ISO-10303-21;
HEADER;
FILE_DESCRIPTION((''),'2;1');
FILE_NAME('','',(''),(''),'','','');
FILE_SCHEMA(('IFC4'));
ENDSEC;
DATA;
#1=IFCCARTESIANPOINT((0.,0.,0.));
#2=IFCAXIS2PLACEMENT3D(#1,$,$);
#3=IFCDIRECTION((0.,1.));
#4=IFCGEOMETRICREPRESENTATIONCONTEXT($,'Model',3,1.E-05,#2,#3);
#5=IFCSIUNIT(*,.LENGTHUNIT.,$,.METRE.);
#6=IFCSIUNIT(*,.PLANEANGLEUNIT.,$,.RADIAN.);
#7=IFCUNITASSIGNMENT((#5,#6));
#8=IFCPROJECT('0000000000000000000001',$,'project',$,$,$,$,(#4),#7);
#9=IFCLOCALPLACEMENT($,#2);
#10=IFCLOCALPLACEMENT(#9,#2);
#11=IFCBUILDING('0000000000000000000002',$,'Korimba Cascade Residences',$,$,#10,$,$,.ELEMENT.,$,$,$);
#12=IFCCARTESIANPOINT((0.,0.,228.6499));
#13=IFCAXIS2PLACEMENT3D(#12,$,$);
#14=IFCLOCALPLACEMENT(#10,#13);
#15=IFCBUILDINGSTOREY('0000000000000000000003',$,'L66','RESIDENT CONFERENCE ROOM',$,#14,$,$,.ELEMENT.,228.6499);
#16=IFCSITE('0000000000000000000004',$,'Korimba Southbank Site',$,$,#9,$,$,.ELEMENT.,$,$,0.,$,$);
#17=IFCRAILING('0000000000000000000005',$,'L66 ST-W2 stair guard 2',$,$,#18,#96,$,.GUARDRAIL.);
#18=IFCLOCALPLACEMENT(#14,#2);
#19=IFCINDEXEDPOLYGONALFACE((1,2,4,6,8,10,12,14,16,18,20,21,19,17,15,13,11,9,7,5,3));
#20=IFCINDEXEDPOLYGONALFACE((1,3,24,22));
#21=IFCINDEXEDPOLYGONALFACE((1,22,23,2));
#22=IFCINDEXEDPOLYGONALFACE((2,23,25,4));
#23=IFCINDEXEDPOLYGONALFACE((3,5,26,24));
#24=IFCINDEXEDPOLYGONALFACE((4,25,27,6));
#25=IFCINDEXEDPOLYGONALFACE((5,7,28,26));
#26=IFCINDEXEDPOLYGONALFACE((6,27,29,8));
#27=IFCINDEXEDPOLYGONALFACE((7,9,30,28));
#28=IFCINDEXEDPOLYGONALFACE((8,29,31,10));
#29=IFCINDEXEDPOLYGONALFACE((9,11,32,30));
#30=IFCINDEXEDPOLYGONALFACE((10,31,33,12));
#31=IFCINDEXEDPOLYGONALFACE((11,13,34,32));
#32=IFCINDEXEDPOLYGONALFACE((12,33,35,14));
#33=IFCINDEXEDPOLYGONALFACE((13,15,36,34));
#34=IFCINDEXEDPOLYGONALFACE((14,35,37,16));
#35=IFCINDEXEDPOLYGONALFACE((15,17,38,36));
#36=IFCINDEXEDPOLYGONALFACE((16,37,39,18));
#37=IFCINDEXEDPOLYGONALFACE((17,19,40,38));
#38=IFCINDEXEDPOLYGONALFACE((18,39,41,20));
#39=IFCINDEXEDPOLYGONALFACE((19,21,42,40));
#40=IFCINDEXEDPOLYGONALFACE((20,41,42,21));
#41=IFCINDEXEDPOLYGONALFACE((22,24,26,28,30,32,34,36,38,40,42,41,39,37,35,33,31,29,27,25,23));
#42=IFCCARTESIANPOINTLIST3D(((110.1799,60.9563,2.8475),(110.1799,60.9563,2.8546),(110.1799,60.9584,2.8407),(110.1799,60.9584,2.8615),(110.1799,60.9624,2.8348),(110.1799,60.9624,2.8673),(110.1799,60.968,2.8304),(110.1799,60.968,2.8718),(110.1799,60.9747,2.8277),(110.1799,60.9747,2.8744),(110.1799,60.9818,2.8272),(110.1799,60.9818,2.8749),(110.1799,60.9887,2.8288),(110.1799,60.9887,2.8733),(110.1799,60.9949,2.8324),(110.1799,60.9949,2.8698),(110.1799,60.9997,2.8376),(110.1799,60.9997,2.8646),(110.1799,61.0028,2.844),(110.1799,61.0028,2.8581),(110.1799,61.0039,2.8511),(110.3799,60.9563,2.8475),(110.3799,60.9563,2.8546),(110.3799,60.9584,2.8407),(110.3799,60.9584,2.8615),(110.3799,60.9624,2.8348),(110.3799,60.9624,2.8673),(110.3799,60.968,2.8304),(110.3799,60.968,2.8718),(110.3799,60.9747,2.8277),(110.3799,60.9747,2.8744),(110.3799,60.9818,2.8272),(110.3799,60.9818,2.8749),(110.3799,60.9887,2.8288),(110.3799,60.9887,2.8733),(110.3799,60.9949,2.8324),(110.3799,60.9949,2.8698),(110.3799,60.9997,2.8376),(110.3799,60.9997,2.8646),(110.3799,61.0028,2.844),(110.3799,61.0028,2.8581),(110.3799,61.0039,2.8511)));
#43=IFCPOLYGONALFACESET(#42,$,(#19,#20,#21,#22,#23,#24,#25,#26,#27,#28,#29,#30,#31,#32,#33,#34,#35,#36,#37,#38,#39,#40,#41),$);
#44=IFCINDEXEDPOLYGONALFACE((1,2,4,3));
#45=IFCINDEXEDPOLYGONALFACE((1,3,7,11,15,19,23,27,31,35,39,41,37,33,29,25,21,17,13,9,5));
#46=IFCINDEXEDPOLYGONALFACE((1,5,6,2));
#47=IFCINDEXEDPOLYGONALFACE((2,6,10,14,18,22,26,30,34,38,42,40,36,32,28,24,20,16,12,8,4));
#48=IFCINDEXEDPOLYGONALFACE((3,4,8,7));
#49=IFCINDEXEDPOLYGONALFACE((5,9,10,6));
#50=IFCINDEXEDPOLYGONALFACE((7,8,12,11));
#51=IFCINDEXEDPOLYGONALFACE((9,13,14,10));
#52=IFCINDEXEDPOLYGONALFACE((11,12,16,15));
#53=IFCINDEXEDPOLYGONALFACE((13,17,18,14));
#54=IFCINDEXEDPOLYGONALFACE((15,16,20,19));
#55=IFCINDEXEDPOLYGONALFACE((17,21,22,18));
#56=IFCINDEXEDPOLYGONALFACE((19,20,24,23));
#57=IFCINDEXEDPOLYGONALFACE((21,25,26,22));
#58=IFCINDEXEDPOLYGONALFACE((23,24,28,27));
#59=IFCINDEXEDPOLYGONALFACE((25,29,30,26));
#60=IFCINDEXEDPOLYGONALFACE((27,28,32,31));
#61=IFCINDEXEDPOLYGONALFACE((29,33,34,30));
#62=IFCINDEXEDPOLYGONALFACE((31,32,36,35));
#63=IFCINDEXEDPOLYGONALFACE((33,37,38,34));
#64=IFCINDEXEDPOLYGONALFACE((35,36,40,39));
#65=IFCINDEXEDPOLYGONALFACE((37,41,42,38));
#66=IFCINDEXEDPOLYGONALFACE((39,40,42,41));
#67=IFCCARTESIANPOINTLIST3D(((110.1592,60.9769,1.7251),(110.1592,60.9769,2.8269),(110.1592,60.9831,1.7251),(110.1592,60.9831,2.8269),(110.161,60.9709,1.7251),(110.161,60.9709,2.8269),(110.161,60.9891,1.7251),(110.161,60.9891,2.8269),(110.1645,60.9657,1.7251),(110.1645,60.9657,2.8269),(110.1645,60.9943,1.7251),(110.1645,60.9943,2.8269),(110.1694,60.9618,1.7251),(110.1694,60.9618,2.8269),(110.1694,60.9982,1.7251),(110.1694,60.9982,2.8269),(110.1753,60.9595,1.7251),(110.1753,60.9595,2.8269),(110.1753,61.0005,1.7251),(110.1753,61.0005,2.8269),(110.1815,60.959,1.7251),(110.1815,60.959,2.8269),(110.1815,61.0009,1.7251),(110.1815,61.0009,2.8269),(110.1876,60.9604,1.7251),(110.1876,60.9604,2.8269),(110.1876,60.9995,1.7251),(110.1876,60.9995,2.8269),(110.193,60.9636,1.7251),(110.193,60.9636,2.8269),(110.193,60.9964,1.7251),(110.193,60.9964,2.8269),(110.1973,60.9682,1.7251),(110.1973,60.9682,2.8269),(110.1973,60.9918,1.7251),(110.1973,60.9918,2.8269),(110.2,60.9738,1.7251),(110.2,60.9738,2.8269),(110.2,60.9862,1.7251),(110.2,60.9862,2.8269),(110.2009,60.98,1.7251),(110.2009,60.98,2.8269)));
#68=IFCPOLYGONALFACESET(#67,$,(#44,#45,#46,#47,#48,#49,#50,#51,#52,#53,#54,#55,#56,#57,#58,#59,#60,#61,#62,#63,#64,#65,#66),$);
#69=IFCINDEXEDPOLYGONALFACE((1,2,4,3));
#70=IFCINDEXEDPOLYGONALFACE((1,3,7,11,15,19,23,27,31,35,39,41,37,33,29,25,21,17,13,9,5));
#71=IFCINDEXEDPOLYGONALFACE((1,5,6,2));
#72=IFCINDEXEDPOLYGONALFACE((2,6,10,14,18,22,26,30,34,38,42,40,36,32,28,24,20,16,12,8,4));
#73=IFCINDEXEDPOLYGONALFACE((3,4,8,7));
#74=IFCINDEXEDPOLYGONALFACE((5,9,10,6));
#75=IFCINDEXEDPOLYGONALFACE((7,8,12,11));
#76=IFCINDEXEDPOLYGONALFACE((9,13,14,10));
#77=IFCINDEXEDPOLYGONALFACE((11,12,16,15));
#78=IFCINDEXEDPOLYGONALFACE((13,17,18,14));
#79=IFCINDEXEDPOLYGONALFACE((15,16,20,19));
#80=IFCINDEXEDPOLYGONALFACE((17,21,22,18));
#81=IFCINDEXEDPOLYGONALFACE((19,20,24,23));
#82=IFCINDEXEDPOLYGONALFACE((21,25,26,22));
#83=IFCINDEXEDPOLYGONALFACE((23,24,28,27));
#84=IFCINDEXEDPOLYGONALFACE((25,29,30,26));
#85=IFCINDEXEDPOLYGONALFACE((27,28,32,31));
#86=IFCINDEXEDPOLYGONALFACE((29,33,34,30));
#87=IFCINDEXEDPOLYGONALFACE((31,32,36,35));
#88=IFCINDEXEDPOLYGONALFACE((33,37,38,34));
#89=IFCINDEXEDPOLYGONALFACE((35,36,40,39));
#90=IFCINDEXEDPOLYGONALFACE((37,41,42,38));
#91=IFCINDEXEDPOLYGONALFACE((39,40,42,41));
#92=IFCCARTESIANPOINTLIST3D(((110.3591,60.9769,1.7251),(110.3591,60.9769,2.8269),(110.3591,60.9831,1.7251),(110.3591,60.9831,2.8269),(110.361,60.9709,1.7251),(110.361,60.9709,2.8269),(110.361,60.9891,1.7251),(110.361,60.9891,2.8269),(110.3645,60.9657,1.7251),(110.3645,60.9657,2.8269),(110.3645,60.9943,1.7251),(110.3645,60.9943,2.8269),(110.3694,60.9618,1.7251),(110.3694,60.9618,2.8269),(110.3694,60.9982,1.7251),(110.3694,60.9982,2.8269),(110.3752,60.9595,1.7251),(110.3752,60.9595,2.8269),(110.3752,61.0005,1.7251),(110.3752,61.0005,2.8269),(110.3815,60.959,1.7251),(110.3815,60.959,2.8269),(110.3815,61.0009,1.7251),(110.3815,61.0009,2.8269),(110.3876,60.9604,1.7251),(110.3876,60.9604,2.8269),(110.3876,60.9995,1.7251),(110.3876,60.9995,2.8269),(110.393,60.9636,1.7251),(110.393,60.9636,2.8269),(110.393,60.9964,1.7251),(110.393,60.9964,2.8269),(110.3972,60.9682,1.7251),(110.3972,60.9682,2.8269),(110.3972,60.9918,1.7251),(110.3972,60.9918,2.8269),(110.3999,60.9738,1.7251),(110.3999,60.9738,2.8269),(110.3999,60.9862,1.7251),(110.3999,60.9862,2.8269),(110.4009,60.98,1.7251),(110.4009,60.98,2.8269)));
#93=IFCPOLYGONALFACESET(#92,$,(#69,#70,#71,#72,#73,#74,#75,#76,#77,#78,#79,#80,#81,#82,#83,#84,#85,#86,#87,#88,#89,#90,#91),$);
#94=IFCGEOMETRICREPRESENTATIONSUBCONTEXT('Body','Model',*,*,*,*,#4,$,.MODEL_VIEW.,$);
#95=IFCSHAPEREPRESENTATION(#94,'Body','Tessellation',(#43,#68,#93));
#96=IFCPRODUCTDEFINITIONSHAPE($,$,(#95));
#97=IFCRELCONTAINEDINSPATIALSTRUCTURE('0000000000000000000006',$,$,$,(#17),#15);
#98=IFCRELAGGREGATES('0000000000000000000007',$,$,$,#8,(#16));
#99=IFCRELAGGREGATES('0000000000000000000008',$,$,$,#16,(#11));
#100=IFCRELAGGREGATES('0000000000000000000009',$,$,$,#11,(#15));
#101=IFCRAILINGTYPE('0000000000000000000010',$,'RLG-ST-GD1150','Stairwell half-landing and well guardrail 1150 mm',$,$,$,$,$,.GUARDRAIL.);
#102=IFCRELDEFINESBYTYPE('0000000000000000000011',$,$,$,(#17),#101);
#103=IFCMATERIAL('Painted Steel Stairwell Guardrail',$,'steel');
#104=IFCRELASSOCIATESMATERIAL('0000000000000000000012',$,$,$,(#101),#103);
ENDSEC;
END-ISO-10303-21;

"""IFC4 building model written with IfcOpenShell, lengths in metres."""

from ifc_helpers import new_model, si_unit, direction, frame, origin, origin_2d, place, context, subcontext, project, spatial, circle, extrude, material, type_object, element, save


model = new_model("IFC4")

# Units and contexts
model_context = context("Model", 3, precision=1e-05, world=origin(), true_north=direction((0.0, 1.0)))
body_context = subcontext(model_context, "Body", "Model", "MODEL_VIEW")
ifc_project = project(units=[si_unit("LENGTHUNIT", "METRE"), si_unit("PLANEANGLEUNIT", "RADIAN")], contexts=[model_context])

# Site, building, storey
site_placement = place(None, origin())
site = spatial("IfcSite", under=ifc_project, at=site_placement, Name="Korimba Southbank Site", CompositionType="ELEMENT", RefElevation=0.0)
building_placement = place(site_placement, origin())
building = spatial("IfcBuilding", under=site, at=building_placement, Name="Korimba Cascade Residences", CompositionType="ELEMENT")
storey_placement = place(building_placement, frame((0.0, 0.0, 228.6499)))
storey = spatial("IfcBuildingStorey", under=building, at=storey_placement, Name="L66", Description="RESIDENT CONFERENCE ROOM", CompositionType="ELEMENT", Elevation=228.6499)

# Railing
ifc_material_1 = material(Name="Painted Steel Stairwell Guardrail", Category="steel")
railing_type_1 = type_object("IfcRailingType", Name="RLG-ST-GD1150", Description="Stairwell half-landing and well guardrail 1150 mm", PredefinedType="GUARDRAIL", material=ifc_material_1)
railing_1_placement = place(storey_placement, frame((110.1799, 60.98, 1.7251)))
element("IfcRailing", 1, at=railing_1_placement, inside=storey, type_object=railing_type_1, Name="L66 ST-W2 stair guard 2", PredefinedType="GUARDRAIL", context=body_context, shape_type="SweptSolid", body=[
    extrude(circle(Radius=0.0239, at=origin_2d()), frame((0.0, 0.0, 1.126), z_axis=(1.0, 0.0, 0.0), x_axis=(0.0, 1.0, 0.0)), (0.0, 0.0, 1.0), 0.2),
    extrude(circle(Radius=0.021, at=origin_2d()), origin(), (0.0, 0.0, 1.0), 1.1018),
    extrude(circle(Radius=0.021, at=origin_2d()), frame((0.2, 0.0, 0.0)), (0.0, 0.0, 1.0), 1.1018),
])

save(model, "model.ifc")
